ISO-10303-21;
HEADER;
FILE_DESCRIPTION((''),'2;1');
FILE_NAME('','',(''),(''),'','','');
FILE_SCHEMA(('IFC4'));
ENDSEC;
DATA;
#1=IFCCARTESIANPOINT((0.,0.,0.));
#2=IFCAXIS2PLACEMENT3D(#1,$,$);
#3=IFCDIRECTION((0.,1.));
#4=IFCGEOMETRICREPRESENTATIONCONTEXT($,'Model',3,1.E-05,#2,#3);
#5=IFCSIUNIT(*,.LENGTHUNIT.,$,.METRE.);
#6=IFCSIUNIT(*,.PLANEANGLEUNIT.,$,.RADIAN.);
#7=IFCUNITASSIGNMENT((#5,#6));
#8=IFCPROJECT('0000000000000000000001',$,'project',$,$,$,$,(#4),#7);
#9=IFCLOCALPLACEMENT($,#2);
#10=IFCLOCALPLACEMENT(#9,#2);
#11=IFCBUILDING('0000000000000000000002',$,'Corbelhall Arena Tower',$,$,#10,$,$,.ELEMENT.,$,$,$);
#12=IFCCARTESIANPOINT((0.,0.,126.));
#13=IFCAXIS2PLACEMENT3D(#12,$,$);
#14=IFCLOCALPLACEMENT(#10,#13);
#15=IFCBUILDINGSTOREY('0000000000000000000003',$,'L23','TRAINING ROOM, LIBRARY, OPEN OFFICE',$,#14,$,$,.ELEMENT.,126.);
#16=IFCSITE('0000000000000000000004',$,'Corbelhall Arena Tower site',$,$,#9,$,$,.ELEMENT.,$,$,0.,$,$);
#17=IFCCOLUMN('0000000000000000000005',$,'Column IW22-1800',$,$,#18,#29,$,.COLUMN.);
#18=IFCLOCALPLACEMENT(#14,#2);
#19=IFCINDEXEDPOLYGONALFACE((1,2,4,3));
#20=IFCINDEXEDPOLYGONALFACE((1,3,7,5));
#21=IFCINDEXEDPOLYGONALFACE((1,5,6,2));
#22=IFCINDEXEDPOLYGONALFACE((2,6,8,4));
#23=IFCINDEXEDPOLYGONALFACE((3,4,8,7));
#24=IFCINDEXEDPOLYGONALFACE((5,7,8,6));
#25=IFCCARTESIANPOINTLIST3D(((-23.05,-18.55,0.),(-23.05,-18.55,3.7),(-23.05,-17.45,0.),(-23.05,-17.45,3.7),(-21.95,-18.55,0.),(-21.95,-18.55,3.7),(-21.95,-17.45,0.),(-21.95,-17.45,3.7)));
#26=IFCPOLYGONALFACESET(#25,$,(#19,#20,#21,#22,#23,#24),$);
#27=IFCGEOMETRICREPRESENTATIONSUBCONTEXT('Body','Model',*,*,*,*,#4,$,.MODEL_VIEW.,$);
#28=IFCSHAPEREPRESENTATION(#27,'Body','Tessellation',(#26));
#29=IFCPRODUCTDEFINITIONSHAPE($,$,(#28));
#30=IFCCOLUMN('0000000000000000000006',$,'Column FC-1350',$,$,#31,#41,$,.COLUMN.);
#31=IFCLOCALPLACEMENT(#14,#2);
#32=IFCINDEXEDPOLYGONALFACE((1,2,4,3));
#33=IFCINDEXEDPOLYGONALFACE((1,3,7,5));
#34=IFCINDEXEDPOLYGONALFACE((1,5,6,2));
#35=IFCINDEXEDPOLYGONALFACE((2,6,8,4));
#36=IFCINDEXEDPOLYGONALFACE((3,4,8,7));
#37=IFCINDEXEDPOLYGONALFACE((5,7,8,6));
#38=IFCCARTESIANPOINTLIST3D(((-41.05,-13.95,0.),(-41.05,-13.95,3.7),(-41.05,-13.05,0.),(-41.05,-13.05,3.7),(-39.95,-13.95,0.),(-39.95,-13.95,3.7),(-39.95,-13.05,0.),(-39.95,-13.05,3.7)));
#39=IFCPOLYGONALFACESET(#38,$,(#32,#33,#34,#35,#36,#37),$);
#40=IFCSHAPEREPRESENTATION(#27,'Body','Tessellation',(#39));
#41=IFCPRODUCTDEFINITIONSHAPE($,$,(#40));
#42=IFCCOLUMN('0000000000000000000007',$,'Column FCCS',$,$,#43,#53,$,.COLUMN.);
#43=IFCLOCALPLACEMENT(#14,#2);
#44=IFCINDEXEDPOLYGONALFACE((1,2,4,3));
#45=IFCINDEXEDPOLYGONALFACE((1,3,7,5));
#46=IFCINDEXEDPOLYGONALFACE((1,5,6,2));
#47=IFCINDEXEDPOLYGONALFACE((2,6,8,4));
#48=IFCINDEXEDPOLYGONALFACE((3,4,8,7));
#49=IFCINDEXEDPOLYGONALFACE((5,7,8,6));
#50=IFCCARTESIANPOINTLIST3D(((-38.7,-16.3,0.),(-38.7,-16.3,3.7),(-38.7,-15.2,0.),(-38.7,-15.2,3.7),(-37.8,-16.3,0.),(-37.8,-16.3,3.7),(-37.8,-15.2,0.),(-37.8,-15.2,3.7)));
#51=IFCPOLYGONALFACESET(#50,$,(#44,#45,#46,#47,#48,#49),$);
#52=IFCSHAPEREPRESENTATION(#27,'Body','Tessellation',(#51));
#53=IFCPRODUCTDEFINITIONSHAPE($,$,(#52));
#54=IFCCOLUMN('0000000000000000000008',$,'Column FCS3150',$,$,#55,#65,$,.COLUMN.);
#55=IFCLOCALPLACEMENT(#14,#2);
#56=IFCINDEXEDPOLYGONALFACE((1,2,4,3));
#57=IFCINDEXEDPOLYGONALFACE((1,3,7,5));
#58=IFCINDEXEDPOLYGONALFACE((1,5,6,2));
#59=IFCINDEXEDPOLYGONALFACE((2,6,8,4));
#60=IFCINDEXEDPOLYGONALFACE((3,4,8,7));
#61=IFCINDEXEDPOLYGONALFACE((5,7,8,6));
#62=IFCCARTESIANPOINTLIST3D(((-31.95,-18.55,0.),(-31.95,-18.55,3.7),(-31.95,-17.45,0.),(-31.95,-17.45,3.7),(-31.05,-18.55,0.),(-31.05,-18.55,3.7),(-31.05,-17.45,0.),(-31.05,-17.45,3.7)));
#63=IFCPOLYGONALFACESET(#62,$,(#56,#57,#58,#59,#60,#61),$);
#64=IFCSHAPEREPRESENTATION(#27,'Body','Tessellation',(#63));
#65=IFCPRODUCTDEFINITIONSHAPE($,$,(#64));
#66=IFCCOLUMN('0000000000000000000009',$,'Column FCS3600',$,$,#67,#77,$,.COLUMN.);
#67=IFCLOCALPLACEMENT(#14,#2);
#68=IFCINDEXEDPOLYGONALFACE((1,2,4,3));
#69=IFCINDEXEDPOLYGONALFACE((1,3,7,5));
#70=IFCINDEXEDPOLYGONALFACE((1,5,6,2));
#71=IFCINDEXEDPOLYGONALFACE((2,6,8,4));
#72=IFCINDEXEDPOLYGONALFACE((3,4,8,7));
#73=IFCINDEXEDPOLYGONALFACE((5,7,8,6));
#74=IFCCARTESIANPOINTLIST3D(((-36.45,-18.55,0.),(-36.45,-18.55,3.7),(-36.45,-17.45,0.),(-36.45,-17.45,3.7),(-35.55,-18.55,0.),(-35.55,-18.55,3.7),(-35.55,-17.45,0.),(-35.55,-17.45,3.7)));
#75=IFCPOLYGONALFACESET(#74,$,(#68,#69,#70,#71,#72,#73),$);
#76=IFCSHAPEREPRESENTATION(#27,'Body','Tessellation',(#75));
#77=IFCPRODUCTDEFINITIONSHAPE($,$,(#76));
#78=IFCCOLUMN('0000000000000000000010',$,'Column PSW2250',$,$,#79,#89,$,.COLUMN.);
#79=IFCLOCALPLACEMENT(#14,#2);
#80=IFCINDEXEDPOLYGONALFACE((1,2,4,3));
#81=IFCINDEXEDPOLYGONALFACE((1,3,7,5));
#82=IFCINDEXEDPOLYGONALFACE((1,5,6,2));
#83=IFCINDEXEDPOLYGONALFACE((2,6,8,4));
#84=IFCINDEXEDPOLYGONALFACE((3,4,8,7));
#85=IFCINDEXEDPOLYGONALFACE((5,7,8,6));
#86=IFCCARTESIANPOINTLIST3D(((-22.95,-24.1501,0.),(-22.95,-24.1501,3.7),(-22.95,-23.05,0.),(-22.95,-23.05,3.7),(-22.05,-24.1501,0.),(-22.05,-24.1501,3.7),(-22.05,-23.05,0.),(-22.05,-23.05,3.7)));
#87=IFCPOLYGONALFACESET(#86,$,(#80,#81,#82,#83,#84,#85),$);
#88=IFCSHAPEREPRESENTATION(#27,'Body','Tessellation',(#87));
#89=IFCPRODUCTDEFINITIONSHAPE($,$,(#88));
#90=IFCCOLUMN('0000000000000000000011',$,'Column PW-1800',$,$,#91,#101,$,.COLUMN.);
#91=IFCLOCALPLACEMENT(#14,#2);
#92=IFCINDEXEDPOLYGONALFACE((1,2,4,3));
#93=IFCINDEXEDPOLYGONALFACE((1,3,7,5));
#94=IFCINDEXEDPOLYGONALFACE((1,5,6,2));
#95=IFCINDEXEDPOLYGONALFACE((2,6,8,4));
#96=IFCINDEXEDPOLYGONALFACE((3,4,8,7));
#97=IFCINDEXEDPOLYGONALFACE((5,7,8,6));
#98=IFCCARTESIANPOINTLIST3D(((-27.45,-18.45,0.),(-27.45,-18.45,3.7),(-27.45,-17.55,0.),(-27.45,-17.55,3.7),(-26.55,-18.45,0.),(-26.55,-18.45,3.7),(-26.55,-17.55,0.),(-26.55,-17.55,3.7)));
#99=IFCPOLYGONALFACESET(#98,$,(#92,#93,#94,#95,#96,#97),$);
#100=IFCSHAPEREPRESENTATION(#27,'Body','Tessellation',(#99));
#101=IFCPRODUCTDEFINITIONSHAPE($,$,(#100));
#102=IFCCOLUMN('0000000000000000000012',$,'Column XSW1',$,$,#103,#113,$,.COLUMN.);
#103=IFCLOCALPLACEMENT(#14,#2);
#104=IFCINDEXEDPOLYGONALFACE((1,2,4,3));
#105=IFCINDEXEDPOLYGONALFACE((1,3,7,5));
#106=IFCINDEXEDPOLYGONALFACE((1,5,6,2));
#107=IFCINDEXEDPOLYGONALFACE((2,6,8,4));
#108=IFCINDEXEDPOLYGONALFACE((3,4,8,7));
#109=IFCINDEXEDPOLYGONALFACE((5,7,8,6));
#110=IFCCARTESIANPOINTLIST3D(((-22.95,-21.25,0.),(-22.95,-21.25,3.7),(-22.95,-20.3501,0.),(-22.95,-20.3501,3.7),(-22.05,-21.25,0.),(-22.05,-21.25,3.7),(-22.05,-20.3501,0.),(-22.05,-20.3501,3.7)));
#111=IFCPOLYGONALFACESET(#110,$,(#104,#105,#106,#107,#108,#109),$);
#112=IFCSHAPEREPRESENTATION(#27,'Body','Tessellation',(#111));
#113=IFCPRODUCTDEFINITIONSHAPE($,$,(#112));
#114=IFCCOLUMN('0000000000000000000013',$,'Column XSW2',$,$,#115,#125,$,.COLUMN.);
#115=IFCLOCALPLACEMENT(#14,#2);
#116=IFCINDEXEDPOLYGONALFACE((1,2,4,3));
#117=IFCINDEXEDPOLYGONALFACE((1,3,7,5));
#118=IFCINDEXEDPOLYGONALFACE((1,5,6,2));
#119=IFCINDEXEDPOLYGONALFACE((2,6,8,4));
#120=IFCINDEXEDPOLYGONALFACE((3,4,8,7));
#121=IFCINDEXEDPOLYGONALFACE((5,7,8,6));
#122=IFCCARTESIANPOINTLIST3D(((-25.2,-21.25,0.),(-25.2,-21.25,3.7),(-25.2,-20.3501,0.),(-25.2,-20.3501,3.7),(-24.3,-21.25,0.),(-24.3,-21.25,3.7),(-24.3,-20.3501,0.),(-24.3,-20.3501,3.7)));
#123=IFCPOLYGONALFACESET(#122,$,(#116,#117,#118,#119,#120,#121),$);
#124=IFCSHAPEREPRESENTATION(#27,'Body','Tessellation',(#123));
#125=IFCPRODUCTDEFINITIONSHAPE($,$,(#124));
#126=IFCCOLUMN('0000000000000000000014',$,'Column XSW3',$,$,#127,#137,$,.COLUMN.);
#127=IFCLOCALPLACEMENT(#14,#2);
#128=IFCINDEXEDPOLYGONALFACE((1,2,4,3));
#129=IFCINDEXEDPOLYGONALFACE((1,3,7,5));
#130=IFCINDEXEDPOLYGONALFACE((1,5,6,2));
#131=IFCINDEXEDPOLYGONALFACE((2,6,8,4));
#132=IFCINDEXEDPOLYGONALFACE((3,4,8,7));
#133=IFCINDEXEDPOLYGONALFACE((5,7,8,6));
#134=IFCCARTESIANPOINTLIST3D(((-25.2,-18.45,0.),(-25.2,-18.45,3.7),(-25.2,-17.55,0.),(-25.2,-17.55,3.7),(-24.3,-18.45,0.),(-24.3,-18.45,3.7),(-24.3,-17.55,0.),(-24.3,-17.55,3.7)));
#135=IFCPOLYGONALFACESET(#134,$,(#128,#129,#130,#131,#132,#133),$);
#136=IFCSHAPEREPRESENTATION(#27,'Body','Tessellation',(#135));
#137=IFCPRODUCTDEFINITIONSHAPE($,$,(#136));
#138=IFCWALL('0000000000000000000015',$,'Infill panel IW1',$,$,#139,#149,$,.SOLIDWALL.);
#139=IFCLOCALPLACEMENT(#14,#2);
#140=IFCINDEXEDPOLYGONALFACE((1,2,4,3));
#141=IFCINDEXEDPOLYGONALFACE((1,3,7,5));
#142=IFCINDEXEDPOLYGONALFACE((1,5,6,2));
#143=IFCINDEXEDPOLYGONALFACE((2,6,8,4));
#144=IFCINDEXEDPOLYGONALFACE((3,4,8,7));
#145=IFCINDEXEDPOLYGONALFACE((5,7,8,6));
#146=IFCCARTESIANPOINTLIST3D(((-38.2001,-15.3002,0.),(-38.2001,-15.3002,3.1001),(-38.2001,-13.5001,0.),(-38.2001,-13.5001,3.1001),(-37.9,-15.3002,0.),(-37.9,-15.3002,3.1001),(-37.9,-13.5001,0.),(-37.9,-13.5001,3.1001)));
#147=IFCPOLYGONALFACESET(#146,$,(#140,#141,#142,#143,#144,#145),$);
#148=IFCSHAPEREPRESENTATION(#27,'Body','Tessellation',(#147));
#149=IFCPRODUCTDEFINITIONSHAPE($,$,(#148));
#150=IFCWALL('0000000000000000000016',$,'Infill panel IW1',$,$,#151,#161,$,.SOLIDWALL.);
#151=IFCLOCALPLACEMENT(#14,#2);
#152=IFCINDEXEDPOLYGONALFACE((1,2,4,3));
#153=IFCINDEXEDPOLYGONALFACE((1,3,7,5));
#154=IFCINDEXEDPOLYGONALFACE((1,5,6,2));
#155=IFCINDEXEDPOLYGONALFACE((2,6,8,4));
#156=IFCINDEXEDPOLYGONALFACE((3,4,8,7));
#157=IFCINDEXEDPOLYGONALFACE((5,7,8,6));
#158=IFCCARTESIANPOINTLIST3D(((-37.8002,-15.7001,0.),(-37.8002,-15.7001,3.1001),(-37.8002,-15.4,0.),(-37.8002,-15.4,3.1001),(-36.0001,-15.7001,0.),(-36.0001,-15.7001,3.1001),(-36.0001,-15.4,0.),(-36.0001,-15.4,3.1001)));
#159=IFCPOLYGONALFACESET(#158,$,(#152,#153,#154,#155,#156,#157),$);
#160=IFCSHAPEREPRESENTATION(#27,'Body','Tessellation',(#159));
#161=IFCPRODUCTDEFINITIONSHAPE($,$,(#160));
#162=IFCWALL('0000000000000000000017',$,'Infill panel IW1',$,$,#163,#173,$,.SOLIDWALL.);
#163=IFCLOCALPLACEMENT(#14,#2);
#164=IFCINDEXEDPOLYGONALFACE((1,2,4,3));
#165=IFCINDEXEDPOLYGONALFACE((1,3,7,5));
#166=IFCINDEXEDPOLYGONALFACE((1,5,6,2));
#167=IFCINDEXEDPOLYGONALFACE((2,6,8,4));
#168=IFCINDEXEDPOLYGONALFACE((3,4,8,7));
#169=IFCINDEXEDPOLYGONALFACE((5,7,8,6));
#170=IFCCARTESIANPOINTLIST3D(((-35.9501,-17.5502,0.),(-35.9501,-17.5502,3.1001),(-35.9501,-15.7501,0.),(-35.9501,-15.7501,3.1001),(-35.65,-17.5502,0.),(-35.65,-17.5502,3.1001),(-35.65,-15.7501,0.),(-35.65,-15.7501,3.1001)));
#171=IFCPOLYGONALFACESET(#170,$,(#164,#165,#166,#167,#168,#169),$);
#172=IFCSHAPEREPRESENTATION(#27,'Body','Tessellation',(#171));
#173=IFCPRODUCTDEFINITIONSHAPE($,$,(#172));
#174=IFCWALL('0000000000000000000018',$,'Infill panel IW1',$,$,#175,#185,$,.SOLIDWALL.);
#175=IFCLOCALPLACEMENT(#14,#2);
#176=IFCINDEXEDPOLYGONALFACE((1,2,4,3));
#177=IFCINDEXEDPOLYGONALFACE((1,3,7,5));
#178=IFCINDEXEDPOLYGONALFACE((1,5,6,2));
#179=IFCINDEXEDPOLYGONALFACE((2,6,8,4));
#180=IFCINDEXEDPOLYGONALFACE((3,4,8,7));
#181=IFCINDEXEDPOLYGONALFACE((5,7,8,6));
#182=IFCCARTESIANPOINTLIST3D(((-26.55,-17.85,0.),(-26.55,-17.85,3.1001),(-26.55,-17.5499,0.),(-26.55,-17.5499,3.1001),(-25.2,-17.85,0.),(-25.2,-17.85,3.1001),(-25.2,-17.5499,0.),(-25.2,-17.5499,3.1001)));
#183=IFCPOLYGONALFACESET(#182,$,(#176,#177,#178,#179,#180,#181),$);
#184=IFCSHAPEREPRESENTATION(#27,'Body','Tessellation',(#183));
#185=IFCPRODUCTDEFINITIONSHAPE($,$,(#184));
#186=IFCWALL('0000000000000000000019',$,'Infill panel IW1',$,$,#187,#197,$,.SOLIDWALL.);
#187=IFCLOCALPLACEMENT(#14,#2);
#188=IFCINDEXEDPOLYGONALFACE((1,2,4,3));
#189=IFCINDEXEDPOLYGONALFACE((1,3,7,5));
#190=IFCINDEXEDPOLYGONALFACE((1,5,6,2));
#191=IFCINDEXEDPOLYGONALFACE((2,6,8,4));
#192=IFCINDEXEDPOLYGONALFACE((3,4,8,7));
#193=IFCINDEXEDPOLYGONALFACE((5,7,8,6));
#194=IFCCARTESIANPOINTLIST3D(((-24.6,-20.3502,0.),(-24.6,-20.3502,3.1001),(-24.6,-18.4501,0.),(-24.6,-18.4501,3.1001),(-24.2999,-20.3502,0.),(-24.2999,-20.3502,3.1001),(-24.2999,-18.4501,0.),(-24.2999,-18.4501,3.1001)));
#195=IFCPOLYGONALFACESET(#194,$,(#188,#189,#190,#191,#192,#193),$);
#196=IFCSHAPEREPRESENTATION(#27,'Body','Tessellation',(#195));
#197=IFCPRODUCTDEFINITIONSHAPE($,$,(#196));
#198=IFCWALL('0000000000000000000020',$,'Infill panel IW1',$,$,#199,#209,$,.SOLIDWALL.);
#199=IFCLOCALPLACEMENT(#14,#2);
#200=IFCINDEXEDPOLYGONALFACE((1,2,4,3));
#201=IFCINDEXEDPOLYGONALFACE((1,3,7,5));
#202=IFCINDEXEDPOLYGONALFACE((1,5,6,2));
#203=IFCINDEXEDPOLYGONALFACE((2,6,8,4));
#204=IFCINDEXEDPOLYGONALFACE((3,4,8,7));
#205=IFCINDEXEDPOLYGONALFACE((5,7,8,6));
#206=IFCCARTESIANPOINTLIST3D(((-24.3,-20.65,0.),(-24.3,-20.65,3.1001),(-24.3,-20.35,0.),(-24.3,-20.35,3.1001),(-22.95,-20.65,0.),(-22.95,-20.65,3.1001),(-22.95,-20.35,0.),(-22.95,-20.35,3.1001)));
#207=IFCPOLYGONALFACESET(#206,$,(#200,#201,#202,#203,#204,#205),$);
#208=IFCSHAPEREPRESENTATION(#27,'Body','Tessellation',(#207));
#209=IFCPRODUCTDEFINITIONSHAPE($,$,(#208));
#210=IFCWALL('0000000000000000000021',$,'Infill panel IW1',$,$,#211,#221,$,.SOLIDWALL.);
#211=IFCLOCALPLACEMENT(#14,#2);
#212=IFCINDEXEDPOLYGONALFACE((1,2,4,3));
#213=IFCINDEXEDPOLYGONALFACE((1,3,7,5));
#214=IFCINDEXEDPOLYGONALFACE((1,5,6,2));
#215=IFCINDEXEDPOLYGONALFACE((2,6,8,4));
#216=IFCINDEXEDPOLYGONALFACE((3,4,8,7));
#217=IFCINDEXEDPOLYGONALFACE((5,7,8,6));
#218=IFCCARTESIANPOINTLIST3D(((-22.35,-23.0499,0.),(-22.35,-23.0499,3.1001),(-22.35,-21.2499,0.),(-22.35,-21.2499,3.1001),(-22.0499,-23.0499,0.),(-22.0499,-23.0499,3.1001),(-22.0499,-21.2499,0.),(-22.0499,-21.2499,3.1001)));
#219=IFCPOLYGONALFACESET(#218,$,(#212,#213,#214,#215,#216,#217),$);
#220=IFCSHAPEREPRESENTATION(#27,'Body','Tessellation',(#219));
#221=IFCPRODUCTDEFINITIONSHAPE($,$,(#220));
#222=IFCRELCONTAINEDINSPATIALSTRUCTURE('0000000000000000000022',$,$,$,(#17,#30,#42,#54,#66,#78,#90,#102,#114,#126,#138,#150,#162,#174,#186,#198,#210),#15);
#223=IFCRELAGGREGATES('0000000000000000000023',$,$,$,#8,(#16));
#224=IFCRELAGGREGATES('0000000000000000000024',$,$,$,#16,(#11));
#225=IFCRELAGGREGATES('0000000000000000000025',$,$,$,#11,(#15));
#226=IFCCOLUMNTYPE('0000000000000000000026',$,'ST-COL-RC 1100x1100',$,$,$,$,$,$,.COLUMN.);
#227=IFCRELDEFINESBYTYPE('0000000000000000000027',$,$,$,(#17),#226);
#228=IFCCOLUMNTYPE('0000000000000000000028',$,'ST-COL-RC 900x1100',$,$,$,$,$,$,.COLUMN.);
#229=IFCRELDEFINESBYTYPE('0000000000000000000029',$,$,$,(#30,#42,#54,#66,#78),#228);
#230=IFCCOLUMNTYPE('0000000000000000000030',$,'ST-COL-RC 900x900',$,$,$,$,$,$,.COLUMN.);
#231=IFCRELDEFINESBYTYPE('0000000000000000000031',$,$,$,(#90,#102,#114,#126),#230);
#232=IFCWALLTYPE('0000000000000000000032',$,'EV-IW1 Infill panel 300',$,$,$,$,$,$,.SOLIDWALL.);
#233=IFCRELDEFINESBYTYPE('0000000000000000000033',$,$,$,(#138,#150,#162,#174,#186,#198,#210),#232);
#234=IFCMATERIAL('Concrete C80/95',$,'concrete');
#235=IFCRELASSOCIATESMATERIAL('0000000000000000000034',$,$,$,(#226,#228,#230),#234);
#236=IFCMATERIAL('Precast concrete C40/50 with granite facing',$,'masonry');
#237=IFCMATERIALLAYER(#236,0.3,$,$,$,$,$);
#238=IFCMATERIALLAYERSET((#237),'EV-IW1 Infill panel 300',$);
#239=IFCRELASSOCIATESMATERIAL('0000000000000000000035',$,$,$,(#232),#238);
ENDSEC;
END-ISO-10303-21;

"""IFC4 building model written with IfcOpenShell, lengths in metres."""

from ifc_helpers import new_model, si_unit, direction, frame, frame_2d, origin, origin_2d, place, context, subcontext, project, spatial, rectangle, extrude, material, layer, layer_set, material_profile, profile_set, type_object, element, save


model = new_model("IFC4")

# Units and contexts
model_context = context("Model", 3, precision=1e-05, world=origin(), true_north=direction((0.0, 1.0)))
body_context = subcontext(model_context, "Body", "Model", "MODEL_VIEW")
ifc_project = project(units=[si_unit("LENGTHUNIT", "METRE"), si_unit("PLANEANGLEUNIT", "RADIAN")], contexts=[model_context])

# Site, building, storey
site_placement = place(None, origin())
site = spatial("IfcSite", under=ifc_project, at=site_placement, Name="Corbelhall Arena Tower site", CompositionType="ELEMENT", RefElevation=0.0)
building_placement = place(site_placement, origin())
building = spatial("IfcBuilding", under=site, at=building_placement, Name="Corbelhall Arena Tower", CompositionType="ELEMENT")
storey_placement = place(building_placement, frame((0.0, 0.0, 126.0)))
storey = spatial("IfcBuildingStorey", under=building, at=storey_placement, Name="L23", Description="TRAINING ROOM, LIBRARY, OPEN OFFICE", CompositionType="ELEMENT", Elevation=126.0)

# Columns
ifc_material_1 = material(Name="Concrete C80/95", Category="concrete")
ifc_material_profile_1 = material_profile(ifc_material_1, rectangle(XDim=1.1001, YDim=1.1001, at=origin_2d()))
ifc_profile_set_1 = profile_set([ifc_material_profile_1], Name="Concrete C80/95")
column_type_1 = type_object("IfcColumnType", Name="ST-COL-RC 1100x1100", PredefinedType="COLUMN", material=ifc_profile_set_1)
column_placement = place(storey_placement, frame((-22.5, -18.0, 0.0), z_axis=(0.0, 0.0, 1.0), x_axis=(1.0, 0.0, 0.0)))
element("IfcColumn", 1, at=column_placement, inside=storey, type_object=column_type_1, Name="Column IW22-1800", PredefinedType="COLUMN", context=body_context, shape_type="SweptSolid", body=[
    extrude(rectangle(XDim=1.1001, YDim=1.1001, at=origin_2d()), origin(), (0.0, 0.0, 1.0), 3.7),
])
ifc_material_profile_2 = material_profile(ifc_material_1, rectangle(XDim=0.8999, YDim=1.1001, at=origin_2d()))
ifc_profile_set_2 = profile_set([ifc_material_profile_2], Name="Concrete C80/95")
column_type_2 = type_object("IfcColumnType", Name="ST-COL-RC 900x1100", PredefinedType="COLUMN", material=ifc_profile_set_2)
for number, where, z_axis, x_axis, name in (
    (2, (-40.5, -13.5, 0.0), (0.0, 0.0, 1.0), (0.0, 1.0, 0.0), "Column FC-1350"),
    (3, (-38.25, -15.75, 0.0), (0.0, 0.0, 1.0), (1.0, 0.0, 0.0), "Column FCCS"),
    (4, (-31.5, -18.0, 0.0), (0.0, 0.0, 1.0), (1.0, 0.0, 0.0), "Column FCS3150"),
    (5, (-36.0, -18.0, 0.0), (0.0, 0.0, 1.0), (1.0, 0.0, 0.0), "Column FCS3600"),
    (6, (-22.5, -23.6001, 0.0), (0.0, 0.0, 1.0), (1.0, 0.0, 0.0), "Column PSW2250"),
):
    element("IfcColumn", number, at=place(storey_placement, frame(where, z_axis=z_axis, x_axis=x_axis)), inside=storey, type_object=column_type_2, Name=name, PredefinedType="COLUMN", context=body_context, shape_type="SweptSolid", body=[
        extrude(rectangle(XDim=0.8999, YDim=1.1001, at=origin_2d()), origin(), (0.0, 0.0, 1.0), 3.7),
    ])
ifc_material_profile_3 = material_profile(ifc_material_1, rectangle(XDim=0.8999, YDim=0.8999, at=origin_2d()))
ifc_profile_set_3 = profile_set([ifc_material_profile_3], Name="Concrete C80/95")
column_type_3 = type_object("IfcColumnType", Name="ST-COL-RC 900x900", PredefinedType="COLUMN", material=ifc_profile_set_3)
for number, where, z_axis, x_axis, name in (
    (7, (-27.0, -18.0, 0.0), (0.0, 0.0, 1.0), (1.0, 0.0, 0.0), "Column PW-1800"),
    (8, (-22.5, -20.8, 0.0), (0.0, 0.0, 1.0), (1.0, 0.0, 0.0), "Column XSW1"),
    (9, (-24.75, -20.8, 0.0), (0.0, 0.0, 1.0), (1.0, 0.0, 0.0), "Column XSW2"),
    (10, (-24.75, -18.0, 0.0), (0.0, 0.0, 1.0), (1.0, 0.0, 0.0), "Column XSW3"),
):
    element("IfcColumn", number, at=place(storey_placement, frame(where, z_axis=z_axis, x_axis=x_axis)), inside=storey, type_object=column_type_3, Name=name, PredefinedType="COLUMN", context=body_context, shape_type="SweptSolid", body=[
        extrude(rectangle(XDim=0.8999, YDim=0.8999, at=origin_2d()), origin(), (0.0, 0.0, 1.0), 3.7),
    ])

# Walls
ifc_material_2 = material(Name="Precast concrete C40/50 with granite facing", Category="masonry")
ifc_layer_1 = layer(ifc_material_2, 0.3)
ifc_layer_set_1 = layer_set([ifc_layer_1], Name="EV-IW1 Infill panel 300")
wall_type_1 = type_object("IfcWallType", Name="EV-IW1 Infill panel 300", PredefinedType="SOLIDWALL", material=ifc_layer_set_1)
for number, where, z_axis, x_axis, name in (
    (11, (-38.05, -15.3, 0.0), (0.0, 0.0, 1.0), (0.0, 1.0, 0.0), "Infill panel IW1"),
    (12, (-37.8, -15.55, 0.0), (0.0, 0.0, 1.0), (1.0, 0.0, 0.0), "Infill panel IW1"),
    (13, (-35.8, -17.55, 0.0), (0.0, 0.0, 1.0), (0.0, 1.0, 0.0), "Infill panel IW1"),
):
    element("IfcWall", number, at=place(storey_placement, frame(where, z_axis=z_axis, x_axis=x_axis)), inside=storey, type_object=wall_type_1, Name=name, PredefinedType="SOLIDWALL", context=body_context, shape_type="SweptSolid", body=[
        extrude(rectangle(XDim=1.8, YDim=0.3, at=frame_2d((0.8999, 0.0))), origin(), (0.0, 0.0, 1.0), 3.1001),
    ])

# Walls
wall_1_placement = place(storey_placement, frame((-26.55, -17.7, 0.0), z_axis=(0.0, 0.0, 1.0), x_axis=(1.0, 0.0, 0.0)))
element("IfcWall", 14, at=wall_1_placement, inside=storey, type_object=wall_type_1, Name="Infill panel IW1", PredefinedType="SOLIDWALL", context=body_context, shape_type="SweptSolid", body=[
    extrude(rectangle(XDim=1.3501, YDim=0.3, at=frame_2d((0.675, 0.0))), origin(), (0.0, 0.0, 1.0), 3.1001),
])
wall_2_placement = place(storey_placement, frame((-24.45, -18.45, 0.0), z_axis=(0.0, 0.0, 1.0), x_axis=(0.0, -1.0, 0.0)))
element("IfcWall", 15, at=wall_2_placement, inside=storey, type_object=wall_type_1, Name="Infill panel IW1", PredefinedType="SOLIDWALL", context=body_context, shape_type="SweptSolid", body=[
    extrude(rectangle(XDim=1.9001, YDim=0.3, at=frame_2d((0.9502, 0.0))), origin(), (0.0, 0.0, 1.0), 3.1001),
])
wall_3_placement = place(storey_placement, frame((-24.3, -20.5, 0.0), z_axis=(0.0, 0.0, 1.0), x_axis=(1.0, 0.0, 0.0)))
element("IfcWall", 16, at=wall_3_placement, inside=storey, type_object=wall_type_1, Name="Infill panel IW1", PredefinedType="SOLIDWALL", context=body_context, shape_type="SweptSolid", body=[
    extrude(rectangle(XDim=1.3501, YDim=0.3, at=frame_2d((0.675, 0.0))), origin(), (0.0, 0.0, 1.0), 3.1001),
])
wall_4_placement = place(storey_placement, frame((-22.2, -21.25, 0.0), z_axis=(0.0, 0.0, 1.0), x_axis=(0.0, -1.0, 0.0)))
element("IfcWall", 17, at=wall_4_placement, inside=storey, type_object=wall_type_1, Name="Infill panel IW1", PredefinedType="SOLIDWALL", context=body_context, shape_type="SweptSolid", body=[
    extrude(rectangle(XDim=1.8, YDim=0.3, at=frame_2d((0.8999, 0.0))), origin(), (0.0, 0.0, 1.0), 3.1001),
])

save(model, "model.ifc")
